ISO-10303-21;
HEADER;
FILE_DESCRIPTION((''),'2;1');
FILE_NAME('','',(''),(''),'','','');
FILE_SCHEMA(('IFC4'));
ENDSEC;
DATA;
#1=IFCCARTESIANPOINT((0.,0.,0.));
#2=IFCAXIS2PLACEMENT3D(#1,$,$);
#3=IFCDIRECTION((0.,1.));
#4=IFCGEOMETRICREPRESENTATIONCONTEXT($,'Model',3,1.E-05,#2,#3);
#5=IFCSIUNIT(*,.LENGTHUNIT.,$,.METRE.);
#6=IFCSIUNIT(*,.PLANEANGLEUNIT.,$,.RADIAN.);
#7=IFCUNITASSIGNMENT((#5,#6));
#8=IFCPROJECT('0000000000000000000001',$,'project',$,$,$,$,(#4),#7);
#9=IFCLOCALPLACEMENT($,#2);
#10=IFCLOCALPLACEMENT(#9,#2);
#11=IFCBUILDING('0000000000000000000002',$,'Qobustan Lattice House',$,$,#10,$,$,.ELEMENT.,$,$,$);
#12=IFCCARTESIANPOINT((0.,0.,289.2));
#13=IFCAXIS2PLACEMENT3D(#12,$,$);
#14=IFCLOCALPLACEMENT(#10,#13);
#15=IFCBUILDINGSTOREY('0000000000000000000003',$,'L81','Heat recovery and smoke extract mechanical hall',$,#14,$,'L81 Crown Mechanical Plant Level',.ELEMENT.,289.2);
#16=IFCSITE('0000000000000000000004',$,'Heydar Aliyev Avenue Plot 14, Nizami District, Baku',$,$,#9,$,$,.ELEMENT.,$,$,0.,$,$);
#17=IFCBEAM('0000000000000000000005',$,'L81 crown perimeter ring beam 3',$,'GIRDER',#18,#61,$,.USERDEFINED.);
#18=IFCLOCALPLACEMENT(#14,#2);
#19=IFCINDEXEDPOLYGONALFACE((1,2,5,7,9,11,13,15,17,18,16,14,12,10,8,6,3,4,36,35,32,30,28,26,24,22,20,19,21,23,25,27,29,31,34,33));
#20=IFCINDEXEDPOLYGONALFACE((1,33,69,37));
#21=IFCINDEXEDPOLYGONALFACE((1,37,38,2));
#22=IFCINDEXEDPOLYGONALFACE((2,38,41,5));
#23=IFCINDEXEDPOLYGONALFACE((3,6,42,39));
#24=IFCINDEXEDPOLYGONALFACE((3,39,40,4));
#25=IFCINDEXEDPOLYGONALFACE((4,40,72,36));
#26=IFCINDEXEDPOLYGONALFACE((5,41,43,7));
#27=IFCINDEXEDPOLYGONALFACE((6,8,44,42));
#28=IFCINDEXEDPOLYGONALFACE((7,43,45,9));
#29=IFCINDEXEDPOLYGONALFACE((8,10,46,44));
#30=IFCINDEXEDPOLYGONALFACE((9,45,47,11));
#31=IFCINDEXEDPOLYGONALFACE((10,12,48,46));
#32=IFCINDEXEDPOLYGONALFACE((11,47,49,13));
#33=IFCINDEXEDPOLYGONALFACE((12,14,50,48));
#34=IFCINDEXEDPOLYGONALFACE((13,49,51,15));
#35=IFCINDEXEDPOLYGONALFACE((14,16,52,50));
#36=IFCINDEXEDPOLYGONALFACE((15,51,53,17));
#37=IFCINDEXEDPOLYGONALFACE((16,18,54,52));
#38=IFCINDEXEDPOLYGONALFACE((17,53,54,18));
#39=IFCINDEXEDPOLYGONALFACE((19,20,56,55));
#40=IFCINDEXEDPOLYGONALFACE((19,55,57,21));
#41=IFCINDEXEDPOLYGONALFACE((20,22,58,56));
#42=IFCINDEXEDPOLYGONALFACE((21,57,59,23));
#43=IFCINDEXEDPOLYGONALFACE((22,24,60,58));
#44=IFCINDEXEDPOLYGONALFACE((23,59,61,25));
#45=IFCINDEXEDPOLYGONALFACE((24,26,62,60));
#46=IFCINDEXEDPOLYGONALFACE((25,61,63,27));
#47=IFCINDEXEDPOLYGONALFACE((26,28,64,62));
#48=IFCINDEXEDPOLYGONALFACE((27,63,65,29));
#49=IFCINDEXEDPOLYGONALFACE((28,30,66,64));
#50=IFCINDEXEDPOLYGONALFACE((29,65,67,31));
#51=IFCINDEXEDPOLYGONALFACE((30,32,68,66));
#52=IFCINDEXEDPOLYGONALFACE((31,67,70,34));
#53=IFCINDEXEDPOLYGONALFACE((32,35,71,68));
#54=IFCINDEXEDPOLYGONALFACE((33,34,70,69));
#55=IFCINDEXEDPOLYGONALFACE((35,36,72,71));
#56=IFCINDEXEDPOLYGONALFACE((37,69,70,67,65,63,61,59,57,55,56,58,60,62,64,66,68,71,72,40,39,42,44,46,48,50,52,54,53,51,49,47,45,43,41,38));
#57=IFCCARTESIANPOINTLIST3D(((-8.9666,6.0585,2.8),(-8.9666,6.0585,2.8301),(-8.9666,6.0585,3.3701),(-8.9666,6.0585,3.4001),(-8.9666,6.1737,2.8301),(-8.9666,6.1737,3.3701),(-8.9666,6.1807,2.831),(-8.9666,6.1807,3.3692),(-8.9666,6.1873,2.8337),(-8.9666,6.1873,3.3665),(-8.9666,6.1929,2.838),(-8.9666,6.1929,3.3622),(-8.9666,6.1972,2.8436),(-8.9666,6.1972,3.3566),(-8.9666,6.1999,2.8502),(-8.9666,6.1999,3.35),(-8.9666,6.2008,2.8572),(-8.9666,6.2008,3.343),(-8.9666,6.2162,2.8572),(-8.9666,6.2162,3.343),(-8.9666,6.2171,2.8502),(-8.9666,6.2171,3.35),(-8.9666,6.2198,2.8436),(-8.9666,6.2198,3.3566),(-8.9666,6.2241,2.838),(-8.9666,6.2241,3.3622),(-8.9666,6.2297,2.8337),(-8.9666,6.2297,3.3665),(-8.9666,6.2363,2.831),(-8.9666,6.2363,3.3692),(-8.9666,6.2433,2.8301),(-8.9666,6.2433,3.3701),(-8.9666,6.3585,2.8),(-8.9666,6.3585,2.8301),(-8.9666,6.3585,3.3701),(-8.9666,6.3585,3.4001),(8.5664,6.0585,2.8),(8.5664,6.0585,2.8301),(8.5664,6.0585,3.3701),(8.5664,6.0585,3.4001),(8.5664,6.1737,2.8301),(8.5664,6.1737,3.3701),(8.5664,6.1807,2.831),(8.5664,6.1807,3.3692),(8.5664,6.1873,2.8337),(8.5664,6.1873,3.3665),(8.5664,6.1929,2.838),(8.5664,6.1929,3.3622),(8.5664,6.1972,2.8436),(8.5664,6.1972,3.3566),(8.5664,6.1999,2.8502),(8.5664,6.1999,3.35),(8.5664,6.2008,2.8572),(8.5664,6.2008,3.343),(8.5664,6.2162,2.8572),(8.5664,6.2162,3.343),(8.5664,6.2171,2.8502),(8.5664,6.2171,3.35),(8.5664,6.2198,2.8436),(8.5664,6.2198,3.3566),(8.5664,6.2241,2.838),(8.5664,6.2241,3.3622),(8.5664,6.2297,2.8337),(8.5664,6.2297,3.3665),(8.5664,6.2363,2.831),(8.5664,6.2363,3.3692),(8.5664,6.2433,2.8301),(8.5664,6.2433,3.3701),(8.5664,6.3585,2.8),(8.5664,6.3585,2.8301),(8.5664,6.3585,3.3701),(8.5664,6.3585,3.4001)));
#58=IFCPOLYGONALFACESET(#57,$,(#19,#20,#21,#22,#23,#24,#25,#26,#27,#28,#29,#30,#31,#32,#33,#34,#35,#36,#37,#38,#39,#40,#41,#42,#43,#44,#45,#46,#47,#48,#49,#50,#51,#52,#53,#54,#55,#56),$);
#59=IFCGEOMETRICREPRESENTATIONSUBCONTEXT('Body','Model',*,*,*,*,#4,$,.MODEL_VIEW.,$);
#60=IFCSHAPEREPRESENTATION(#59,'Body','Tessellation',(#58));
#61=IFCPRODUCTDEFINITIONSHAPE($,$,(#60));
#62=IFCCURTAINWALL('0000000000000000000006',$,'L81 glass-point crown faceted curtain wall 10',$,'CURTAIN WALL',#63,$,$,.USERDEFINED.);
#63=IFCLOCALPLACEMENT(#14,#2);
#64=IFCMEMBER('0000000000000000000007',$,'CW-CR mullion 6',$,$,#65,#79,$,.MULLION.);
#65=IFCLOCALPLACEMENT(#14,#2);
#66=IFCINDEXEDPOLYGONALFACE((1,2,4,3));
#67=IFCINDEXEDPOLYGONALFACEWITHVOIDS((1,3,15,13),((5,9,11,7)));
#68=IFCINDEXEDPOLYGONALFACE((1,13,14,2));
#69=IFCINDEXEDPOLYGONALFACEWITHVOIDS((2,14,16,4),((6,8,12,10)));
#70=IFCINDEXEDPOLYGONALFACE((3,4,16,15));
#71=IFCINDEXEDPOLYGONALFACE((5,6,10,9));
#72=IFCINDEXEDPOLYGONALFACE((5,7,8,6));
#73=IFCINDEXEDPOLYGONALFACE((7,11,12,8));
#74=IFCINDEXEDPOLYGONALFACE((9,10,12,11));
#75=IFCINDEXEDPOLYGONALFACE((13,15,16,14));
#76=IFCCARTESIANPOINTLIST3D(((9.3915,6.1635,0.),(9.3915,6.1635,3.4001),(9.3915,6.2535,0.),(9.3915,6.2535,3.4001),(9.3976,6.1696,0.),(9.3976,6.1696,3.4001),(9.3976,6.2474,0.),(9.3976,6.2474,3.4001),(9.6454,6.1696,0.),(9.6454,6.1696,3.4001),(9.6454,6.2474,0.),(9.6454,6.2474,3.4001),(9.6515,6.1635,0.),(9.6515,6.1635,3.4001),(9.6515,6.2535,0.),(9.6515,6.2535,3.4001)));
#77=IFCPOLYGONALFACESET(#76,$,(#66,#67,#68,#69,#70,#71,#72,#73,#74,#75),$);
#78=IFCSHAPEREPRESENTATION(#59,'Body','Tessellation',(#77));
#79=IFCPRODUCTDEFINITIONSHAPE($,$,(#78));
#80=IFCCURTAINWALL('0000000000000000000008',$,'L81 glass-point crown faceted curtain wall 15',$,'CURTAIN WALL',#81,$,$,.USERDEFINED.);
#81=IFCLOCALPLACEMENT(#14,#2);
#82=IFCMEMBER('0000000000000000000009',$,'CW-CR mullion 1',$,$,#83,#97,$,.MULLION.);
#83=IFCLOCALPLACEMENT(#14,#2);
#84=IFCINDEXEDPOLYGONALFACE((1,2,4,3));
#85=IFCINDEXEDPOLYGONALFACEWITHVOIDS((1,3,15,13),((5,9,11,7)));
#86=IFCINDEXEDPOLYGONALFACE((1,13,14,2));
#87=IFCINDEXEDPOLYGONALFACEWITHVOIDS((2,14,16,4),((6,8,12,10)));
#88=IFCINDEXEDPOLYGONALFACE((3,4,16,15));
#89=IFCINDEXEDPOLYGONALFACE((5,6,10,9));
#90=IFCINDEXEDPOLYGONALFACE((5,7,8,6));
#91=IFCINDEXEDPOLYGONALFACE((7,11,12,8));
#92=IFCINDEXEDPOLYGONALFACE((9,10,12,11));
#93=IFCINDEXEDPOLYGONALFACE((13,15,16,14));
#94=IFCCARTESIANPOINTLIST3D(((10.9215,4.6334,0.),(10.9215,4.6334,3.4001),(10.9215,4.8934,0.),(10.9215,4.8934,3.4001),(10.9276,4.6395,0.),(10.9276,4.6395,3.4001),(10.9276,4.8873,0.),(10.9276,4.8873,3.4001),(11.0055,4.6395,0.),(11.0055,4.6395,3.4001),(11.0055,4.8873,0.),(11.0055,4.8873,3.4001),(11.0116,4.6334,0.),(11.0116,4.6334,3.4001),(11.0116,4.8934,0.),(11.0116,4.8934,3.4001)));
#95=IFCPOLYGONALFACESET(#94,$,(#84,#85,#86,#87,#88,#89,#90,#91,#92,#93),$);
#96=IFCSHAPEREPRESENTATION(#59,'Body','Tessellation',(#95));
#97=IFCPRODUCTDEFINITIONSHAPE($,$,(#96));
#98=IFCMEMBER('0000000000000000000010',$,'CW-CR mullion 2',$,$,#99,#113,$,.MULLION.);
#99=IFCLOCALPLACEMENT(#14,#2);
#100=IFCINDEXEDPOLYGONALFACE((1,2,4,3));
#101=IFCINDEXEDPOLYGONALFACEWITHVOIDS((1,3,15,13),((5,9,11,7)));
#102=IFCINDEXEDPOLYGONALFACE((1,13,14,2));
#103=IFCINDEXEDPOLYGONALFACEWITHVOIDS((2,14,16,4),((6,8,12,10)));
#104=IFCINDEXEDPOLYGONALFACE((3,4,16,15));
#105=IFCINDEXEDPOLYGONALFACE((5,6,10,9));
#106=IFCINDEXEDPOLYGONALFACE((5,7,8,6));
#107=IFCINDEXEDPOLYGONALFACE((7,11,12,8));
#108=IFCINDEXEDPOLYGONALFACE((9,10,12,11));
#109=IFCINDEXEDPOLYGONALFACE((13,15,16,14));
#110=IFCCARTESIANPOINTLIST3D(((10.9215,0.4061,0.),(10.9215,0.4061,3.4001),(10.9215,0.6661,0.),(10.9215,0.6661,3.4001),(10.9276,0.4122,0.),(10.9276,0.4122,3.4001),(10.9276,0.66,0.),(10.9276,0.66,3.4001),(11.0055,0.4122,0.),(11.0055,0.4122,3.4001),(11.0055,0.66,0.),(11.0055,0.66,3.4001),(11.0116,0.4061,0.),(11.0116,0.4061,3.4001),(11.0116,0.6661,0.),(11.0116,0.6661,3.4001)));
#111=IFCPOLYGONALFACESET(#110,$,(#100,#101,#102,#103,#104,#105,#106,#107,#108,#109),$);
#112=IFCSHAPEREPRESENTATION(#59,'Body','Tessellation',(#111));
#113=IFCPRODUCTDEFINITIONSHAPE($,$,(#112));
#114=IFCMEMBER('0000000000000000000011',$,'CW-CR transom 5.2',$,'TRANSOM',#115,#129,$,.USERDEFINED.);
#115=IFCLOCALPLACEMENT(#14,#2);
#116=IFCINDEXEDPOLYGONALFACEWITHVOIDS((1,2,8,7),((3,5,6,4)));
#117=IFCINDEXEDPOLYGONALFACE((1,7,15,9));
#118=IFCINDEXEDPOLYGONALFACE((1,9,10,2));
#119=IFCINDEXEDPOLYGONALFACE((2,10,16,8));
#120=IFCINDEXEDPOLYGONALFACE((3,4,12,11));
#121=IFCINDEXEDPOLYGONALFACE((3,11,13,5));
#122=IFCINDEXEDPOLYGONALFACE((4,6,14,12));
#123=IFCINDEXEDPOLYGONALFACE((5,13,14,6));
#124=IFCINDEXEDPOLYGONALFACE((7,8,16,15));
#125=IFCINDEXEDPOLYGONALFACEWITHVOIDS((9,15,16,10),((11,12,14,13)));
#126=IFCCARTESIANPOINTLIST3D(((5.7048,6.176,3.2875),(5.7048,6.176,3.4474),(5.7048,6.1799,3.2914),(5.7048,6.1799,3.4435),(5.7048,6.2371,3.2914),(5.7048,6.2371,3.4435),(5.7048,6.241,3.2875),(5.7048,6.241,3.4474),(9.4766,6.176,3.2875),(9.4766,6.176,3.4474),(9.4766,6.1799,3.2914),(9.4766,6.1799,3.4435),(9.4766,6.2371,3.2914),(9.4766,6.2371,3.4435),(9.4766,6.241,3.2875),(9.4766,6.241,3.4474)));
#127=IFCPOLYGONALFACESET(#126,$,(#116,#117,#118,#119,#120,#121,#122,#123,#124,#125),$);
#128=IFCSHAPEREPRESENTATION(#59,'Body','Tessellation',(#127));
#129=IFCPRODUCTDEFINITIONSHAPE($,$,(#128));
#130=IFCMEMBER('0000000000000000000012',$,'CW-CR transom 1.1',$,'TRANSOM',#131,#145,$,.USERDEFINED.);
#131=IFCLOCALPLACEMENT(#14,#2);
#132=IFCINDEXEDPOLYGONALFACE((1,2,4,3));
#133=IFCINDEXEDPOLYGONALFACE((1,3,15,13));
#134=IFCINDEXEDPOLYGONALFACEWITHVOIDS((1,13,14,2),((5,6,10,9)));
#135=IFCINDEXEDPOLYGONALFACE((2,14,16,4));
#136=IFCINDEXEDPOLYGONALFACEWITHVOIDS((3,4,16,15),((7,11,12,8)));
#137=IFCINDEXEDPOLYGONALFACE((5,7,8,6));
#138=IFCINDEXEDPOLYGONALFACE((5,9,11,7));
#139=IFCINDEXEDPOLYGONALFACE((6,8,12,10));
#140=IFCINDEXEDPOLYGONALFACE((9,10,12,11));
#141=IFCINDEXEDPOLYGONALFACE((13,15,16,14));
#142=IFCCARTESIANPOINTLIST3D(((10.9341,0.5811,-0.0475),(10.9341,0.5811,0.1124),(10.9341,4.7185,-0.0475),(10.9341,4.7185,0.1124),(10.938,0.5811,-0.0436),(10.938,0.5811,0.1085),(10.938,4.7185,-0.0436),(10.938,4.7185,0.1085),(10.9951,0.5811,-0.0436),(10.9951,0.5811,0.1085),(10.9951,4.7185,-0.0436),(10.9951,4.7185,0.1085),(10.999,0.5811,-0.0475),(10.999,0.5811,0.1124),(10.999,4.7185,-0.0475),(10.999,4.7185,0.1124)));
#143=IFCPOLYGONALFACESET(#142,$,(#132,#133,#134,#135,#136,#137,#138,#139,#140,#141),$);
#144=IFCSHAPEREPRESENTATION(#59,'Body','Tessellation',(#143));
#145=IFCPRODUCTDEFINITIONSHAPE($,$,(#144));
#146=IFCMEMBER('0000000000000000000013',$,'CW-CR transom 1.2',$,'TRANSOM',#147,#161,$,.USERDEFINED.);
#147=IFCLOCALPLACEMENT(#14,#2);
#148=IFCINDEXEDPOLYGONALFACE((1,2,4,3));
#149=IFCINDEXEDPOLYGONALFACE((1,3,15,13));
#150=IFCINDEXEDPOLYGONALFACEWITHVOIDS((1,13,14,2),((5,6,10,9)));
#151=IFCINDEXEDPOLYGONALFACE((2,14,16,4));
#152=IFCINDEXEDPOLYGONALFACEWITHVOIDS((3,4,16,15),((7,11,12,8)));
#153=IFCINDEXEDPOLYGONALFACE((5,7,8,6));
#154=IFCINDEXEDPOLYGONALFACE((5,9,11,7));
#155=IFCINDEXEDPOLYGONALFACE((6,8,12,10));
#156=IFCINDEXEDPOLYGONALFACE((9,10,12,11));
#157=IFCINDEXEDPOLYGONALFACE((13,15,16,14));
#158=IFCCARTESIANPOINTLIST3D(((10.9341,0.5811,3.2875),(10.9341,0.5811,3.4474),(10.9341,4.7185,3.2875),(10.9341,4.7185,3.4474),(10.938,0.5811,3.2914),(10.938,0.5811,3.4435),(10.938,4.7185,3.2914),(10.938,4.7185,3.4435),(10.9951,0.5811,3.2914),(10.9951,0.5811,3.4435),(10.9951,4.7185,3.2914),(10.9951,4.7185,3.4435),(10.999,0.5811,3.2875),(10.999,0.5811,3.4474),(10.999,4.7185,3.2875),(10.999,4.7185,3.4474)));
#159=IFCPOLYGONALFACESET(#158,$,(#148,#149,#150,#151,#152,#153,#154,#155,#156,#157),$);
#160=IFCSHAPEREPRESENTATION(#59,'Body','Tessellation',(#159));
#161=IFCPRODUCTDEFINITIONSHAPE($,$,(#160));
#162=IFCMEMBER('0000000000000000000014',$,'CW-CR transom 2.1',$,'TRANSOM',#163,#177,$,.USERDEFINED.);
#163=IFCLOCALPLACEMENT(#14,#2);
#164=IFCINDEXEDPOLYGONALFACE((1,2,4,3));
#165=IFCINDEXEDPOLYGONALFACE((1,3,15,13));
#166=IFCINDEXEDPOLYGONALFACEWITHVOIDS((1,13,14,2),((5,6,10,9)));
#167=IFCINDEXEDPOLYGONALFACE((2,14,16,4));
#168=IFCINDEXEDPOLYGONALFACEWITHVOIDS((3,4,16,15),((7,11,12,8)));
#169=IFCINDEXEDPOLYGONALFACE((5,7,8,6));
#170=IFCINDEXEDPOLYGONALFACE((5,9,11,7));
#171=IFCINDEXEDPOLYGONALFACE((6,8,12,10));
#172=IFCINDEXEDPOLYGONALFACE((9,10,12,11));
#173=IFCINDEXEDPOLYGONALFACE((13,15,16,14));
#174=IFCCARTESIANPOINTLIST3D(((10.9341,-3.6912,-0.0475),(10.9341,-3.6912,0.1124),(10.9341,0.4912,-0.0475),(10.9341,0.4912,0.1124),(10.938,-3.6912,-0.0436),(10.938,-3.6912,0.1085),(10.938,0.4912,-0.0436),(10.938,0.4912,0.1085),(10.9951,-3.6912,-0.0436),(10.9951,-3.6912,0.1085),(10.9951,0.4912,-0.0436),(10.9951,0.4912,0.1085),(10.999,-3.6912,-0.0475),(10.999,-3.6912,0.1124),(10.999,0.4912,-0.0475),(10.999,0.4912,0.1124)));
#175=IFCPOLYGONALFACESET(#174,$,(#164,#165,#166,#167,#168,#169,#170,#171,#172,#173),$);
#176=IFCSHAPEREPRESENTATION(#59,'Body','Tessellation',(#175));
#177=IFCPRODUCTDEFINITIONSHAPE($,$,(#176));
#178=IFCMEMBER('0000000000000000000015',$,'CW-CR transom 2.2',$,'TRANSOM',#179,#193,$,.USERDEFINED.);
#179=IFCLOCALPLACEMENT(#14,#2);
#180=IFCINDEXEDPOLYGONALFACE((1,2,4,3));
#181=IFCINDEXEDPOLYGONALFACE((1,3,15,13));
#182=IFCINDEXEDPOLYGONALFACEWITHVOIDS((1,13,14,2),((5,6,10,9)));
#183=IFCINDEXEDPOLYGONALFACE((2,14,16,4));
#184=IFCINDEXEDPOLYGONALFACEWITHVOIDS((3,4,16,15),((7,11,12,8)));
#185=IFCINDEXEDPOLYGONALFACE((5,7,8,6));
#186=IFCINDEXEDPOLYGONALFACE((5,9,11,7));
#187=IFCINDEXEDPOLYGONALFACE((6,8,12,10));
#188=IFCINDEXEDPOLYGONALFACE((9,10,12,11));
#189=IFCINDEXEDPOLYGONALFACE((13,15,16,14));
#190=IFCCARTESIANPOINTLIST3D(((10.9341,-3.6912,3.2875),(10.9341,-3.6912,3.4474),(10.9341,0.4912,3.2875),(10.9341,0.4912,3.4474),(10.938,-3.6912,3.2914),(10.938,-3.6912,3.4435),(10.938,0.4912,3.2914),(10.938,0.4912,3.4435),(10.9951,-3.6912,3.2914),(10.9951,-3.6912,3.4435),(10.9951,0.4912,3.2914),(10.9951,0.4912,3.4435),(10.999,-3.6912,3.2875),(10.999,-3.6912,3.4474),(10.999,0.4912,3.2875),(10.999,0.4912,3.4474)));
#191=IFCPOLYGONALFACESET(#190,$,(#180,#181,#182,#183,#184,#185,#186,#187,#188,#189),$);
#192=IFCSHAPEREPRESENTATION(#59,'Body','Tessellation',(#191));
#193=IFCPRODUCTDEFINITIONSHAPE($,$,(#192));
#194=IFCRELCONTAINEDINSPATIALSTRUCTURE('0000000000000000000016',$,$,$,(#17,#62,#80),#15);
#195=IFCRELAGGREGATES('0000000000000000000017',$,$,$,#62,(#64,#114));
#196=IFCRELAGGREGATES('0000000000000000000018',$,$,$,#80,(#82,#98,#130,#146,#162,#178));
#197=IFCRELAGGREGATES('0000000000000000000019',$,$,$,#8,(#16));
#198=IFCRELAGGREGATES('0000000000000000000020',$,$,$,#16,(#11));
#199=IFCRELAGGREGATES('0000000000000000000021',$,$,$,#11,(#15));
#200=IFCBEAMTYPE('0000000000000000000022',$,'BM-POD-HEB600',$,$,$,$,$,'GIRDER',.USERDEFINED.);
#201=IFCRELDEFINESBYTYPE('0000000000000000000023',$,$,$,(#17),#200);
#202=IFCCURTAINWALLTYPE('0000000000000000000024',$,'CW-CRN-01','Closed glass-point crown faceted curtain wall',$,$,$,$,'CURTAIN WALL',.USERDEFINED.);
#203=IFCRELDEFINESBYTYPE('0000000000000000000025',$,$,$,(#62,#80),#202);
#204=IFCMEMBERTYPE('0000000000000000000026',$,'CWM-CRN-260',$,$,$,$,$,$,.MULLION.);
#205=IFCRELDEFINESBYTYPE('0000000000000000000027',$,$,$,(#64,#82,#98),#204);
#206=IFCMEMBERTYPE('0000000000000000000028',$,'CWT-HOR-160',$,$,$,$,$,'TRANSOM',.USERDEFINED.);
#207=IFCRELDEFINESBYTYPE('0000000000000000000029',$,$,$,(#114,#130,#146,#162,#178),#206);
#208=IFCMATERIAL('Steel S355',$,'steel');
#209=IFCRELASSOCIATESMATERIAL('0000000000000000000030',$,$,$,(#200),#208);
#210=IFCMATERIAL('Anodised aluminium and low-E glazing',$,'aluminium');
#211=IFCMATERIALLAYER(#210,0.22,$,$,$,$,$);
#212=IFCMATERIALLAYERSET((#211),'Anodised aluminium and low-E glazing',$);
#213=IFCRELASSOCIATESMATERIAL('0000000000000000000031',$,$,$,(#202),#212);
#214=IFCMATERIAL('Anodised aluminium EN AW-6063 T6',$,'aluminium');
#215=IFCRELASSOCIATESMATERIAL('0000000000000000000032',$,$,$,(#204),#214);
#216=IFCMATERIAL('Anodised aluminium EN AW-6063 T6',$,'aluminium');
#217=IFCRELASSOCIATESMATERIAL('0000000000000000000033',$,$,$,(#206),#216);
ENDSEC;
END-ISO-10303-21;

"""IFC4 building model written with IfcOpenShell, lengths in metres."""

from ifc_helpers import new_model, si_unit, direction, frame, origin, origin_2d, place, context, subcontext, project, spatial, hollow_rectangle, i_section, extrude, material, layer, layer_set, material_profile, profile_set, type_object, element, aggregate, save


model = new_model("IFC4")

# Units and contexts
model_context = context("Model", 3, precision=1e-05, world=origin(), true_north=direction((0.0, 1.0)))
body_context = subcontext(model_context, "Body", "Model", "MODEL_VIEW")
ifc_project = project(units=[si_unit("LENGTHUNIT", "METRE"), si_unit("PLANEANGLEUNIT", "RADIAN")], contexts=[model_context])

# Site, building, storey
site_placement = place(None, origin())
site = spatial("IfcSite", under=ifc_project, at=site_placement, Name="Heydar Aliyev Avenue Plot 14, Nizami District, Baku", CompositionType="ELEMENT", RefElevation=0.0)
building_placement = place(site_placement, origin())
building = spatial("IfcBuilding", under=site, at=building_placement, Name="Qobustan Lattice House", CompositionType="ELEMENT")
storey_placement = place(building_placement, frame((0.0, 0.0, 289.2)))
storey = spatial("IfcBuildingStorey", under=building, at=storey_placement, Name="L81", Description="Heat recovery and smoke extract mechanical hall", LongName="L81 Crown Mechanical Plant Level", CompositionType="ELEMENT", Elevation=289.2)

# Beam
ifc_material_1 = material(Name="Steel S355", Category="steel")
ifc_material_profile_1 = material_profile(ifc_material_1, i_section(OverallWidth=0.3, OverallDepth=0.6001, WebThickness=0.0154, FlangeThickness=0.03, FilletRadius=0.0271, at=origin_2d()), Name="HEB600")
ifc_profile_set_1 = profile_set([ifc_material_profile_1], Name="Steel S355")
beam_type = type_object("IfcBeamType", Name="BM-POD-HEB600", ElementType="GIRDER", PredefinedType="USERDEFINED", material=ifc_profile_set_1)
beam_placement = place(storey_placement, frame((8.5664, 6.2085, 3.1001), z_axis=(-1.0, 0.0, 0.0), x_axis=(0.0, -1.0, 0.0)))
element("IfcBeam", 1, at=beam_placement, inside=storey, type_object=beam_type, Name="L81 crown perimeter ring beam 3", ObjectType="GIRDER", PredefinedType="USERDEFINED", context=body_context, shape_type="SweptSolid", body=[
    extrude(i_section(OverallWidth=0.3, OverallDepth=0.6001, WebThickness=0.0154, FlangeThickness=0.03, FilletRadius=0.0271, at=origin_2d()), origin(), (0.0, 0.0, 1.0), 17.533),
])

# Curtain wall, member
ifc_material_2 = material(Name="Anodised aluminium and low-E glazing", Category="aluminium")
ifc_layer_1 = layer(ifc_material_2, 0.22)
ifc_layer_set_1 = layer_set([ifc_layer_1], Name="Anodised aluminium and low-E glazing")
curtain_wall_type = type_object("IfcCurtainWallType", Name="CW-CRN-01", Description="Closed glass-point crown faceted curtain wall", ElementType="CURTAIN WALL", PredefinedType="USERDEFINED", material=ifc_layer_set_1)
curtain_wall_1_placement = place(storey_placement, origin())
curtain_wall_1 = element("IfcCurtainWall", 2, at=curtain_wall_1_placement, inside=storey, type_object=curtain_wall_type, Name="L81 glass-point crown faceted curtain wall 10", ObjectType="CURTAIN WALL", PredefinedType="USERDEFINED")
ifc_material_3 = material(Name="Anodised aluminium EN AW-6063 T6", Category="aluminium")
ifc_material_profile_2 = material_profile(ifc_material_3, hollow_rectangle(XDim=0.0901, YDim=0.26, WallThickness=0.0061, at=origin_2d()), Name="CWM-CROWN-260x90")
ifc_profile_set_2 = profile_set([ifc_material_profile_2], Name="Anodised aluminium EN AW-6063 T6")
member_type_1 = type_object("IfcMemberType", Name="CWM-CRN-260", PredefinedType="MULLION", material=ifc_profile_set_2)
member_1_placement = place(storey_placement, frame((9.5215, 6.2085, 0.0), z_axis=(0.0, 0.0, 1.0), x_axis=(0.0, 1.0, 0.0)))
member_1 = element("IfcMember", 3, at=member_1_placement, type_object=member_type_1, Name="CW-CR mullion 6", PredefinedType="MULLION", context=body_context, shape_type="SweptSolid", body=[
    extrude(hollow_rectangle(XDim=0.0901, YDim=0.26, WallThickness=0.0061, at=origin_2d()), origin(), (0.0, 0.0, 1.0), 3.4001),
])

# Curtain wall, members
curtain_wall_2_placement = place(storey_placement, origin())
curtain_wall_2 = element("IfcCurtainWall", 4, at=curtain_wall_2_placement, inside=storey, type_object=curtain_wall_type, Name="L81 glass-point crown faceted curtain wall 15", ObjectType="CURTAIN WALL", PredefinedType="USERDEFINED")
member_2_placement = place(storey_placement, frame((10.9666, 4.7634, 0.0), z_axis=(0.0, 0.0, 1.0), x_axis=(1.0, 0.0, 0.0)))
member_2 = element("IfcMember", 5, at=member_2_placement, type_object=member_type_1, Name="CW-CR mullion 1", PredefinedType="MULLION", context=body_context, shape_type="SweptSolid", body=[
    extrude(hollow_rectangle(XDim=0.0901, YDim=0.26, WallThickness=0.0061, at=origin_2d()), origin(), (0.0, 0.0, 1.0), 3.4001),
])
member_3_placement = place(storey_placement, frame((10.9666, 0.5361, 0.0), z_axis=(0.0, 0.0, 1.0), x_axis=(1.0, 0.0, 0.0)))
member_3 = element("IfcMember", 6, at=member_3_placement, type_object=member_type_1, Name="CW-CR mullion 2", PredefinedType="MULLION", context=body_context, shape_type="SweptSolid", body=[
    extrude(hollow_rectangle(XDim=0.0901, YDim=0.26, WallThickness=0.0061, at=origin_2d()), origin(), (0.0, 0.0, 1.0), 3.4001),
])

# Members
ifc_material_4 = material(Name="Anodised aluminium EN AW-6063 T6", Category="aluminium")
ifc_material_profile_3 = material_profile(ifc_material_4, hollow_rectangle(XDim=0.0649, YDim=0.1599, WallThickness=0.0039, at=origin_2d()), Name="CWT-160x65")
ifc_profile_set_3 = profile_set([ifc_material_profile_3], Name="Anodised aluminium EN AW-6063 T6")
member_type_2 = type_object("IfcMemberType", Name="CWT-HOR-160", ElementType="TRANSOM", PredefinedType="USERDEFINED", material=ifc_profile_set_3)
member_4_placement = place(storey_placement, frame((5.7048, 6.2085, 3.3674), z_axis=(1.0, 0.0, 0.0), x_axis=(0.0, 1.0, 0.0)))
member_4 = element("IfcMember", 7, at=member_4_placement, type_object=member_type_2, Name="CW-CR transom 5.2", ObjectType="TRANSOM", PredefinedType="USERDEFINED", context=body_context, shape_type="SweptSolid", body=[
    extrude(hollow_rectangle(XDim=0.0649, YDim=0.1599, WallThickness=0.0039, at=origin_2d()), origin(), (0.0, 0.0, 1.0), 3.7717),
])
member_5_placement = place(storey_placement, frame((10.9666, 4.7185, 0.0325), z_axis=(0.0, -1.0, 0.0), x_axis=(1.0, 0.0, 0.0)))
member_5 = element("IfcMember", 8, at=member_5_placement, type_object=member_type_2, Name="CW-CR transom 1.1", ObjectType="TRANSOM", PredefinedType="USERDEFINED", context=body_context, shape_type="SweptSolid", body=[
    extrude(hollow_rectangle(XDim=0.0649, YDim=0.1599, WallThickness=0.0039, at=origin_2d()), origin(), (0.0, 0.0, 1.0), 4.1375),
])
member_6_placement = place(storey_placement, frame((10.9666, 4.7185, 3.3674), z_axis=(0.0, -1.0, 0.0), x_axis=(1.0, 0.0, 0.0)))
member_6 = element("IfcMember", 9, at=member_6_placement, type_object=member_type_2, Name="CW-CR transom 1.2", ObjectType="TRANSOM", PredefinedType="USERDEFINED", context=body_context, shape_type="SweptSolid", body=[
    extrude(hollow_rectangle(XDim=0.0649, YDim=0.1599, WallThickness=0.0039, at=origin_2d()), origin(), (0.0, 0.0, 1.0), 4.1375),
])
member_7_placement = place(storey_placement, frame((10.9666, 0.4912, 0.0325), z_axis=(0.0, -1.0, 0.0), x_axis=(1.0, 0.0, 0.0)))
member_7 = element("IfcMember", 10, at=member_7_placement, type_object=member_type_2, Name="CW-CR transom 2.1", ObjectType="TRANSOM", PredefinedType="USERDEFINED", context=body_context, shape_type="SweptSolid", body=[
    extrude(hollow_rectangle(XDim=0.0649, YDim=0.1599, WallThickness=0.0039, at=origin_2d()), origin(), (0.0, 0.0, 1.0), 4.1824),
])
member_8_placement = place(storey_placement, frame((10.9666, 0.4912, 3.3674), z_axis=(0.0, -1.0, 0.0), x_axis=(1.0, 0.0, 0.0)))
member_8 = element("IfcMember", 11, at=member_8_placement, type_object=member_type_2, Name="CW-CR transom 2.2", ObjectType="TRANSOM", PredefinedType="USERDEFINED", context=body_context, shape_type="SweptSolid", body=[
    extrude(hollow_rectangle(XDim=0.0649, YDim=0.1599, WallThickness=0.0039, at=origin_2d()), origin(), (0.0, 0.0, 1.0), 4.1824),
])

aggregate(curtain_wall_1, [member_1, member_4])
aggregate(curtain_wall_2, [member_2, member_3, member_5, member_6, member_7, member_8])

save(model, "model.ifc")
